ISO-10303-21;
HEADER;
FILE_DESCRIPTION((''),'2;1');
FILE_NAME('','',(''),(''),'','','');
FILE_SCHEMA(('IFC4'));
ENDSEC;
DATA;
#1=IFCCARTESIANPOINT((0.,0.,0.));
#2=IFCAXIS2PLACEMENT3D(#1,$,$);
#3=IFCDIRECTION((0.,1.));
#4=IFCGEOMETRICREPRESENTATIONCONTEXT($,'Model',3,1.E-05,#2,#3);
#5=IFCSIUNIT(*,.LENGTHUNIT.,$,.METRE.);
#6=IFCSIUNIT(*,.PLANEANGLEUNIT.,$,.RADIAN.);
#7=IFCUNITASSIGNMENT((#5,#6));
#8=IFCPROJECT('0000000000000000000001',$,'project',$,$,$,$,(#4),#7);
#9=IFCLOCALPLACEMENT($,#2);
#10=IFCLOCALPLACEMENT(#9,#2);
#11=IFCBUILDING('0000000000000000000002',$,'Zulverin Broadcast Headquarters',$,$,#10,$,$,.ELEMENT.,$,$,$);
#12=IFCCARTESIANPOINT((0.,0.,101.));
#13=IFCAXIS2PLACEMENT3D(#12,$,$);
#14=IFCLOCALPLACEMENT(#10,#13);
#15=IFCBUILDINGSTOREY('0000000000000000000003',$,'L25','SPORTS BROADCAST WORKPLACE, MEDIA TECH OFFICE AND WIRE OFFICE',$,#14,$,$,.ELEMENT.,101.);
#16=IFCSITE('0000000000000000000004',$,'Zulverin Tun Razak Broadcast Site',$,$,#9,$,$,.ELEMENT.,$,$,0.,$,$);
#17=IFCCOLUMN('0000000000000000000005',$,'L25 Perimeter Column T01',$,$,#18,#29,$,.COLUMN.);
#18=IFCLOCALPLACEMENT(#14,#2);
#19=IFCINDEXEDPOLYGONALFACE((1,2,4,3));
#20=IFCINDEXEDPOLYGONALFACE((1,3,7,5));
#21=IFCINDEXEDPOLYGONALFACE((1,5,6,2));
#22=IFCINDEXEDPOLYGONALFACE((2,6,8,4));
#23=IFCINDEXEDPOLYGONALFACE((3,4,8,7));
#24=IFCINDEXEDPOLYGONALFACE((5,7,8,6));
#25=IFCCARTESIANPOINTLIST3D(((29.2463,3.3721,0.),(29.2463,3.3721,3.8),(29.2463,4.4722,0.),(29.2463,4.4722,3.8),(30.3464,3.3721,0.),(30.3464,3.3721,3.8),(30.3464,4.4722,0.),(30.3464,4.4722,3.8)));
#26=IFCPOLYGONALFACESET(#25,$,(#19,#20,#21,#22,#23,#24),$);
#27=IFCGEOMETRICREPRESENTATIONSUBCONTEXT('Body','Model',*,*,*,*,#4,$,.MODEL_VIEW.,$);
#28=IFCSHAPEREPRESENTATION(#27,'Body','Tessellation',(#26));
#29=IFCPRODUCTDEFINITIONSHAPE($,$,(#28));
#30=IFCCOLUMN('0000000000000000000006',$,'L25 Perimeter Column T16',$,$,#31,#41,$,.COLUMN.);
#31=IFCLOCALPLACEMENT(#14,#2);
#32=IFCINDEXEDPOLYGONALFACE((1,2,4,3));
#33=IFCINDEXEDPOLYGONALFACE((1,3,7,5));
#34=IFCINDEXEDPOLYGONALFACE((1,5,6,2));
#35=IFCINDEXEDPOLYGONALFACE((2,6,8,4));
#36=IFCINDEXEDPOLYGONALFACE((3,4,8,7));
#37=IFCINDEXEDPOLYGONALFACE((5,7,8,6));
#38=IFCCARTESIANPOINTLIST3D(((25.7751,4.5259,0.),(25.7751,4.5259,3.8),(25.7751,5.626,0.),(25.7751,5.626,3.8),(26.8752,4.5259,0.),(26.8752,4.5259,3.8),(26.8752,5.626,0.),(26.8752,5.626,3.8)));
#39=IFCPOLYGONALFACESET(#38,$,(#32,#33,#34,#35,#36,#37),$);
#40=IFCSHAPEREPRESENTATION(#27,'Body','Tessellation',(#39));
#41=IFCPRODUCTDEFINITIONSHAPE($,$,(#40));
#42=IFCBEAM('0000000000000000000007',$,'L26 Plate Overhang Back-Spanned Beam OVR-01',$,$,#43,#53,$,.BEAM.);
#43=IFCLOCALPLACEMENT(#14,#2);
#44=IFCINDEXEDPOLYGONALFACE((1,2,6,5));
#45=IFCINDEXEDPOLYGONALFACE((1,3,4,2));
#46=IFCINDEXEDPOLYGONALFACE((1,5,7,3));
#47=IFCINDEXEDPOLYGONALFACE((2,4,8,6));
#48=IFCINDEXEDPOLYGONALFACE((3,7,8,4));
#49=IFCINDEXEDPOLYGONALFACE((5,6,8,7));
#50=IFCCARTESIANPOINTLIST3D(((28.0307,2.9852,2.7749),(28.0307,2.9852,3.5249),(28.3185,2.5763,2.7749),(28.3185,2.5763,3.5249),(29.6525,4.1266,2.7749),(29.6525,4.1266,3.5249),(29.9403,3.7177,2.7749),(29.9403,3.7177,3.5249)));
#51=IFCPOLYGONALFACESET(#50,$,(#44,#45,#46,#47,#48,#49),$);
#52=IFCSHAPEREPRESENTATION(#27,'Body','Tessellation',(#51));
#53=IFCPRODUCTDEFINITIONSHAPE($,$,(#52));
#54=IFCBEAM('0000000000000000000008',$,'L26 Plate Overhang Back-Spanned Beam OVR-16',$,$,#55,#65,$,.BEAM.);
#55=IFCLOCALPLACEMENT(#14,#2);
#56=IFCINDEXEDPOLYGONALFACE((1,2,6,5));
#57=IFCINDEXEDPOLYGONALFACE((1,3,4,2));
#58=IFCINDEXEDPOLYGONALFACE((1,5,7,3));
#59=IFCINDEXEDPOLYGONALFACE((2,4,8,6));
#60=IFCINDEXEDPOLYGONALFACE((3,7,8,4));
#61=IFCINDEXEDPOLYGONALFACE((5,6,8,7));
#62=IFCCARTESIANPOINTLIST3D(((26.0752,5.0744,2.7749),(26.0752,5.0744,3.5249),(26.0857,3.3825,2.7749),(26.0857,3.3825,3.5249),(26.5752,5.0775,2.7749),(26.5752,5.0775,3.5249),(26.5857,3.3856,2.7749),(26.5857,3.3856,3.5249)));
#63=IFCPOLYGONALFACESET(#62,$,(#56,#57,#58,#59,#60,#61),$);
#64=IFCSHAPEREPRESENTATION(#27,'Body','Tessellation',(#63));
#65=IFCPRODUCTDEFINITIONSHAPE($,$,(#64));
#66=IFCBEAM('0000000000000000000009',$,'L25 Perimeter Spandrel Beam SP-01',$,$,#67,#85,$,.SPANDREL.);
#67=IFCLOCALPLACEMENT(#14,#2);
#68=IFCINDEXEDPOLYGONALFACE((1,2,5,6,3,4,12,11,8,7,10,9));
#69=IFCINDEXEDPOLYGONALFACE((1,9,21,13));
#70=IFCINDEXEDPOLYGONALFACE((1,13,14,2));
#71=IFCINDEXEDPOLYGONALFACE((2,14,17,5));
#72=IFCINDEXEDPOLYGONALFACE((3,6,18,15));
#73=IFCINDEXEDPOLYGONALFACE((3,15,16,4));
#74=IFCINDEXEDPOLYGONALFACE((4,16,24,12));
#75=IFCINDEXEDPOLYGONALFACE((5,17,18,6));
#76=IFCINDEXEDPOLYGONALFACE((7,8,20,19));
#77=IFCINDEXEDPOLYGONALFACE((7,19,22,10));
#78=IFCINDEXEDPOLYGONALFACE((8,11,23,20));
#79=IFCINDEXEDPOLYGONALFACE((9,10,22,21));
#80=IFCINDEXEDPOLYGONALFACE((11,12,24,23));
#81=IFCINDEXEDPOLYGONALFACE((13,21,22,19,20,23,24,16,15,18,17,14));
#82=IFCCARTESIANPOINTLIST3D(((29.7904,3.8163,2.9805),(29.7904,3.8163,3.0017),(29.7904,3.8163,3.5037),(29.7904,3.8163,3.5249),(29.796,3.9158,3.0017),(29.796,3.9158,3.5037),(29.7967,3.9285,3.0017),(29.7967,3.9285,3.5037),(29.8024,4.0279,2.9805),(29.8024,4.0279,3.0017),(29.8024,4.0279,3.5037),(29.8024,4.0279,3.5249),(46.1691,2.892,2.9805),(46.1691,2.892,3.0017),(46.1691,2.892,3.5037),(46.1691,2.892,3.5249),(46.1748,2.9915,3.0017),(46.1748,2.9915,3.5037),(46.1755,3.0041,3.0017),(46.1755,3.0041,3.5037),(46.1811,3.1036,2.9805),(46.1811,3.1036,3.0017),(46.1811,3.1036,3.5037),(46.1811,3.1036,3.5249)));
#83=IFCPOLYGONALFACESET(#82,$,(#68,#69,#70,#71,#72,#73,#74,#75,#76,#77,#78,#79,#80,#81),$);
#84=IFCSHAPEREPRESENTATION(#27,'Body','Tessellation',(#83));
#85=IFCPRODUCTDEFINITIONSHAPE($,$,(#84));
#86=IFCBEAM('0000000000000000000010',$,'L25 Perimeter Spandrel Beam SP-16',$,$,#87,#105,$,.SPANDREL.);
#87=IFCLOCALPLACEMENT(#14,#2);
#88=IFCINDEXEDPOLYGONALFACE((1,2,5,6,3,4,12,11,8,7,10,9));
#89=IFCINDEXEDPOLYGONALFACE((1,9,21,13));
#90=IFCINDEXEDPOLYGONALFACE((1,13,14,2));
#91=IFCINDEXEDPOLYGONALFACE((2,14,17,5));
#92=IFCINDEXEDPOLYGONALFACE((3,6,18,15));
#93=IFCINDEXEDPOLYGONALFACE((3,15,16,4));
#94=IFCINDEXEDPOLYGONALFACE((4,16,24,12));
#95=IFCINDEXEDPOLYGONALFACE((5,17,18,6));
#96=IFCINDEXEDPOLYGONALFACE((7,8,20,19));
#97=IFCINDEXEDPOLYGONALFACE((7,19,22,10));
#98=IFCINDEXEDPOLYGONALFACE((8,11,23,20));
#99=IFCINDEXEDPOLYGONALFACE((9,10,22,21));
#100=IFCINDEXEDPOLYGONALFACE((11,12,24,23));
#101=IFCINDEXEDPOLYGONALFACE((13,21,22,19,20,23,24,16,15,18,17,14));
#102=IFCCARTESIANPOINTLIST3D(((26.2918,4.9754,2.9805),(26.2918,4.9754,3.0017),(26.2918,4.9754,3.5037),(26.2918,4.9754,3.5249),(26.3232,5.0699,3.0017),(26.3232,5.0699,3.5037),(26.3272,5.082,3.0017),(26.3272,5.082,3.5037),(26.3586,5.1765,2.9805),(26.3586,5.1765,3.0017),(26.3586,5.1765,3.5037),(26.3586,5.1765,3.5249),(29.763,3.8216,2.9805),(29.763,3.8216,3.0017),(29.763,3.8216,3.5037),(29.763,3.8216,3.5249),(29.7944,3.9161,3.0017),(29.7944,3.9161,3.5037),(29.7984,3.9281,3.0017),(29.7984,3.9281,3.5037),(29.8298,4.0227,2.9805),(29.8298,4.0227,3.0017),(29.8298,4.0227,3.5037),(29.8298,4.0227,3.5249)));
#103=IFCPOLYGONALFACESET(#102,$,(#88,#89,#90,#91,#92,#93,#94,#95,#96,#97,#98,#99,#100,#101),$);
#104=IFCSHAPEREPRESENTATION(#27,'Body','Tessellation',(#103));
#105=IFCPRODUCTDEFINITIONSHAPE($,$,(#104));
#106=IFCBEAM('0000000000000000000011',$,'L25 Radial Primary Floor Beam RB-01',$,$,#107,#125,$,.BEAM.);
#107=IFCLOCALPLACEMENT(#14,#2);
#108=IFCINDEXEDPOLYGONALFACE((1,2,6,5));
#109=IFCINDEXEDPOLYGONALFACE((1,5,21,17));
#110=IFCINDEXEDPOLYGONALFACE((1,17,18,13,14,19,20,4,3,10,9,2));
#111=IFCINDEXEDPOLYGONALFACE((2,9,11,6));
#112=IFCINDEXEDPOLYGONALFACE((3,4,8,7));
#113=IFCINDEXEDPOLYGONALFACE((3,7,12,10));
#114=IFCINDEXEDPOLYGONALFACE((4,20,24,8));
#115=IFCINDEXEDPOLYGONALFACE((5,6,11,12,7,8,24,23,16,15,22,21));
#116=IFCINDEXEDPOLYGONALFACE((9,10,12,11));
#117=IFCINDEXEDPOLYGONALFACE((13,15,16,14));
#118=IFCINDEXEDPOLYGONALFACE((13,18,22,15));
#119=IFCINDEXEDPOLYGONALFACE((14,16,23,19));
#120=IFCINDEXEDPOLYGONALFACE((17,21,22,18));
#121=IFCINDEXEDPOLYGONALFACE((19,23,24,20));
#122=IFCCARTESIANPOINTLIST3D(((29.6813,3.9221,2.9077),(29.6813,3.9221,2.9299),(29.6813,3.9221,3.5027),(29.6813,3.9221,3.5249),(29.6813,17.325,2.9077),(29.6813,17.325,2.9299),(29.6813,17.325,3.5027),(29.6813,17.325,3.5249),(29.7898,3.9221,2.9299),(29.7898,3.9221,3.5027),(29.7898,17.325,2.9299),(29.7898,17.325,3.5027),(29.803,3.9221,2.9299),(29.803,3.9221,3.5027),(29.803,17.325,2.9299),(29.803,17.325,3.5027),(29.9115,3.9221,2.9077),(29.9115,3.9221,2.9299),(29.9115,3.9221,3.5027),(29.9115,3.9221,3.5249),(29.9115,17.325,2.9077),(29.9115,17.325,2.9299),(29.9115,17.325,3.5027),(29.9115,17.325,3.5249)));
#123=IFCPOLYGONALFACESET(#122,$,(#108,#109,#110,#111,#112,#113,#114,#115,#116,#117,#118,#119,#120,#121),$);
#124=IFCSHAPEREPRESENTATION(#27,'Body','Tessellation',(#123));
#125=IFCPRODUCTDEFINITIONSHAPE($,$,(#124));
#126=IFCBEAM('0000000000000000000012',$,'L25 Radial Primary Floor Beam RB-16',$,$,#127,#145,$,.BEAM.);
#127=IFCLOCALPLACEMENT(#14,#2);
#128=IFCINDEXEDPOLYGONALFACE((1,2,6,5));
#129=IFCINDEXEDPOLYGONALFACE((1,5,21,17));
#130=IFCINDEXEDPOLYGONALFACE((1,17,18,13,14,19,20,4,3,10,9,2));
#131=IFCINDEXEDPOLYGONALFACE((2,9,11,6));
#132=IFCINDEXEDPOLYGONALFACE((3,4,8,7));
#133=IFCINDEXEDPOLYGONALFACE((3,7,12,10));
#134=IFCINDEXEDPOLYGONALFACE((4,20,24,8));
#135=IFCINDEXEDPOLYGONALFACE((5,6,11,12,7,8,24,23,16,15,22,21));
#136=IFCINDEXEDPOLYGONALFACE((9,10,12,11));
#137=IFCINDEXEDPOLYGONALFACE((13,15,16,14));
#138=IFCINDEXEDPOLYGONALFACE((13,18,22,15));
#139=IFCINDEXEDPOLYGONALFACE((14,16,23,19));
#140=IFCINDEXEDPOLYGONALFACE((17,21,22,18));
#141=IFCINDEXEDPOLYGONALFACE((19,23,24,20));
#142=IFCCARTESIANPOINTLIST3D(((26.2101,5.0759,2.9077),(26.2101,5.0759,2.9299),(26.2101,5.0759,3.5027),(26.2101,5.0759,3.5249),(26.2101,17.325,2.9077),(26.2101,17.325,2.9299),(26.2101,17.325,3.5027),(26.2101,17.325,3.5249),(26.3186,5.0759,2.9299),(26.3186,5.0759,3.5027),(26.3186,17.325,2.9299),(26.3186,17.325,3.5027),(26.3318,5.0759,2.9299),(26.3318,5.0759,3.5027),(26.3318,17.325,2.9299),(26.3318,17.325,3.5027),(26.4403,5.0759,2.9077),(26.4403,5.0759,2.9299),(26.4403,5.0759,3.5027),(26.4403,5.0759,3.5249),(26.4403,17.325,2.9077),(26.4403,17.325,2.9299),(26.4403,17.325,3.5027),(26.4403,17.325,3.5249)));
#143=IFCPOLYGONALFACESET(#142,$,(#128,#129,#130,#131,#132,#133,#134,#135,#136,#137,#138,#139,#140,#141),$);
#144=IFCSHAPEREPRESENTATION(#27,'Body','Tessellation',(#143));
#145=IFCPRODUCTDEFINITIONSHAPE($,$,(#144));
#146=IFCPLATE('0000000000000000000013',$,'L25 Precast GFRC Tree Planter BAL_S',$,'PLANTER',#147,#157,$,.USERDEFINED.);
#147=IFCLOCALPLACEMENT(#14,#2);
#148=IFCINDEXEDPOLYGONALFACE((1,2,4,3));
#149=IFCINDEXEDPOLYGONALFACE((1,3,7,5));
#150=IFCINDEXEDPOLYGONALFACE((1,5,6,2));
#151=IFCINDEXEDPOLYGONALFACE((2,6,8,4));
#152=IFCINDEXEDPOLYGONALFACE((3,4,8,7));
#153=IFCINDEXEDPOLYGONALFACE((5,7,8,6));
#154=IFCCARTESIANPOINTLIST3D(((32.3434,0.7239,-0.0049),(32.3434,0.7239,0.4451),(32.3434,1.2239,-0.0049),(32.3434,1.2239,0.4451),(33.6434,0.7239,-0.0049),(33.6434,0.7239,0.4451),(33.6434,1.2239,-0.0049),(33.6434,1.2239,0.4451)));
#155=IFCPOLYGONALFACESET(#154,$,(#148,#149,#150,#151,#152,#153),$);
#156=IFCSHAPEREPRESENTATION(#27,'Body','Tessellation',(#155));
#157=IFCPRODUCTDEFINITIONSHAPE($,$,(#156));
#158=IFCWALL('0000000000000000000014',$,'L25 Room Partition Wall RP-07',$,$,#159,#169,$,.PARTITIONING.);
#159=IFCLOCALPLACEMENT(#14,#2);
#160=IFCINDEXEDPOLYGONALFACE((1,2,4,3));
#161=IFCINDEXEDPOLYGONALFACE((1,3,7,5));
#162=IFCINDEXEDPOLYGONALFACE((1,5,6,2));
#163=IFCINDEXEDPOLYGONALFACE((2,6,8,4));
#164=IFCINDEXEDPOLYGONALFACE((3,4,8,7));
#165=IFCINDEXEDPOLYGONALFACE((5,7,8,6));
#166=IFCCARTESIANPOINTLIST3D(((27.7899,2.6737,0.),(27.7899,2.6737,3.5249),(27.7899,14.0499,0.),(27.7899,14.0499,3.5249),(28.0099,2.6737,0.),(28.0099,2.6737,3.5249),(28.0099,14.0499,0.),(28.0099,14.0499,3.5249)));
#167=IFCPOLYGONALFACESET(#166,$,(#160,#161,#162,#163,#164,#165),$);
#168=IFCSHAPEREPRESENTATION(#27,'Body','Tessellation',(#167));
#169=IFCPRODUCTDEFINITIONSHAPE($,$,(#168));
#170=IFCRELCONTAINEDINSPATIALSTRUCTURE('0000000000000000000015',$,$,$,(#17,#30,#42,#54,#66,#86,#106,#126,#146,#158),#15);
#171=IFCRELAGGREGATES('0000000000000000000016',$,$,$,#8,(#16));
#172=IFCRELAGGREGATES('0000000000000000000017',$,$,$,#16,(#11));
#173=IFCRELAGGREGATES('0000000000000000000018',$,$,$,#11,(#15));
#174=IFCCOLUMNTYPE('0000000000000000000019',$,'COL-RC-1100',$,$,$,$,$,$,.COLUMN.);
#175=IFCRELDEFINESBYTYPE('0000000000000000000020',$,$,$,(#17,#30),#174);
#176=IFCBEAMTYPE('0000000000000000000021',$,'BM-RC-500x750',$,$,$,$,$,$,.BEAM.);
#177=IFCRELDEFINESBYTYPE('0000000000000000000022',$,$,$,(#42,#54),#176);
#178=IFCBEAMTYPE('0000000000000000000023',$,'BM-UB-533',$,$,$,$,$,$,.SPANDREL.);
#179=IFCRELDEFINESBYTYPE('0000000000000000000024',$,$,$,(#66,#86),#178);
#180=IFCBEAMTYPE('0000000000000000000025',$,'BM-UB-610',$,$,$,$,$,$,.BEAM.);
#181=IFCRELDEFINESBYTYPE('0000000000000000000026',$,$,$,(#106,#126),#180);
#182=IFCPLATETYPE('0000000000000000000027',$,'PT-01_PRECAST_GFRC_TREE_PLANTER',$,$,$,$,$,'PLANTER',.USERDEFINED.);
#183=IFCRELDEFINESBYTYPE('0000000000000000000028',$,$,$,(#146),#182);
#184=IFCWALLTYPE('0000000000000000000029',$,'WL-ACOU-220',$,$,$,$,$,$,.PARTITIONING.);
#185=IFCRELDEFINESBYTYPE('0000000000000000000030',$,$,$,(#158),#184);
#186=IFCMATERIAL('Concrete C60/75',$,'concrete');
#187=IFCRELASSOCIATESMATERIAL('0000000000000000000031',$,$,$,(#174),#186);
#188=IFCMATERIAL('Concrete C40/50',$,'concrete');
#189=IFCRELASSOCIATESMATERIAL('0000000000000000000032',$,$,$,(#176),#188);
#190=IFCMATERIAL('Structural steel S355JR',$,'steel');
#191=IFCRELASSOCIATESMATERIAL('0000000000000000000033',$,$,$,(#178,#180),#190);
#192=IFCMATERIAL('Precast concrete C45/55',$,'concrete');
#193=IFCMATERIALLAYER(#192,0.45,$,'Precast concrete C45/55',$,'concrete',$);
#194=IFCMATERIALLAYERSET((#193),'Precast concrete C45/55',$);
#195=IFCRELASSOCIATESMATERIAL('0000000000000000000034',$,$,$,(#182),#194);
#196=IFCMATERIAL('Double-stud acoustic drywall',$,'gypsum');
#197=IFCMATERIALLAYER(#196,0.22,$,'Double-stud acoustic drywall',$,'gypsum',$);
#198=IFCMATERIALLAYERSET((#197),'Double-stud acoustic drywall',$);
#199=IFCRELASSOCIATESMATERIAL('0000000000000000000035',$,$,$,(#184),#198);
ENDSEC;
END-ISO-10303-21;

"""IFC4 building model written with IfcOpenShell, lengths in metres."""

from ifc_helpers import new_model, si_unit, direction, frame, frame_2d, origin, origin_2d, place, context, subcontext, project, spatial, rectangle, i_section, extrude, material, layer, layer_set, material_profile, profile_set, type_object, element, save


model = new_model("IFC4")

# Units and contexts
model_context = context("Model", 3, precision=1e-05, world=origin(), true_north=direction((0.0, 1.0)))
body_context = subcontext(model_context, "Body", "Model", "MODEL_VIEW")
ifc_project = project(units=[si_unit("LENGTHUNIT", "METRE"), si_unit("PLANEANGLEUNIT", "RADIAN")], contexts=[model_context])

# Site, building, storey
site_placement = place(None, origin())
site = spatial("IfcSite", under=ifc_project, at=site_placement, Name="Zulverin Tun Razak Broadcast Site", CompositionType="ELEMENT", RefElevation=0.0)
building_placement = place(site_placement, origin())
building = spatial("IfcBuilding", under=site, at=building_placement, Name="Zulverin Broadcast Headquarters", CompositionType="ELEMENT")
storey_placement = place(building_placement, frame((0.0, 0.0, 101.0)))
storey = spatial("IfcBuildingStorey", under=building, at=storey_placement, Name="L25", Description="SPORTS BROADCAST WORKPLACE, MEDIA TECH OFFICE AND WIRE OFFICE", CompositionType="ELEMENT", Elevation=101.0)

# Columns
ifc_material_1 = material(Name="Concrete C60/75", Category="concrete")
ifc_material_profile_1 = material_profile(ifc_material_1, rectangle(XDim=1.1001, YDim=1.1001, at=origin_2d()), Name="Concrete C60/75", Category="concrete")
ifc_profile_set_1 = profile_set([ifc_material_profile_1], Name="Concrete C60/75")
column_type = type_object("IfcColumnType", Name="COL-RC-1100", PredefinedType="COLUMN", material=ifc_profile_set_1)
for number, where, z_axis, x_axis, name in (
    (1, (29.7964, 3.9221, 0.0), (0.0, 0.0, 1.0), (1.0, 0.0, 0.0), "L25 Perimeter Column T01"),
    (2, (26.3252, 5.0759, 0.0), (0.0, 0.0, 1.0), (1.0, 0.0, 0.0), "L25 Perimeter Column T16"),
):
    element("IfcColumn", number, at=place(storey_placement, frame(where, z_axis=z_axis, x_axis=x_axis)), inside=storey, type_object=column_type, Name=name, PredefinedType="COLUMN", context=body_context, shape_type="SweptSolid", body=[
        extrude(rectangle(XDim=1.1001, YDim=1.1001, at=origin_2d()), origin(), (0.0, 0.0, 1.0), 3.8),
    ])

# Beams
ifc_material_2 = material(Name="Concrete C40/50", Category="concrete")
ifc_material_profile_2 = material_profile(ifc_material_2, rectangle(XDim=0.5, YDim=0.75, at=origin_2d()), Name="Concrete C40/50", Category="concrete")
ifc_profile_set_2 = profile_set([ifc_material_profile_2], Name="Concrete C40/50")
beam_type_1 = type_object("IfcBeamType", Name="BM-RC-500x750", PredefinedType="BEAM", material=ifc_profile_set_2)
beam_1_placement = place(storey_placement, frame((29.7964, 3.9221, 3.1499), z_axis=(-0.817789, -0.575518, 0.0), x_axis=(0.575518, -0.817789, 0.0)))
element("IfcBeam", 3, at=beam_1_placement, inside=storey, type_object=beam_type_1, Name="L26 Plate Overhang Back-Spanned Beam OVR-01", PredefinedType="BEAM", context=body_context, shape_type="SweptSolid", body=[
    extrude(rectangle(XDim=0.5, YDim=0.75, at=origin_2d()), origin(), (0.0, 0.0, 1.0), 1.9832),
])
beam_2_placement = place(storey_placement, frame((26.3252, 5.0759, 3.1499), z_axis=(0.006205, -0.999981, 0.0), x_axis=(0.999981, 0.006205, 0.0)))
element("IfcBeam", 4, at=beam_2_placement, inside=storey, type_object=beam_type_1, Name="L26 Plate Overhang Back-Spanned Beam OVR-16", PredefinedType="BEAM", context=body_context, shape_type="SweptSolid", body=[
    extrude(rectangle(XDim=0.5, YDim=0.75, at=origin_2d()), origin(), (0.0, 0.0, 1.0), 1.6919),
])
ifc_material_3 = material(Name="Structural steel S355JR", Category="steel")
ifc_material_profile_3 = material_profile(ifc_material_3, i_section(OverallWidth=0.2119, OverallDepth=0.5444, WebThickness=0.0127, FlangeThickness=0.0212, at=origin_2d()), Name="Structural steel S355JR", Category="steel")
ifc_profile_set_3 = profile_set([ifc_material_profile_3], Name="Structural steel S355JR")
beam_type_2 = type_object("IfcBeamType", Name="BM-UB-533", PredefinedType="SPANDREL", material=ifc_profile_set_3)
beam_3_placement = place(storey_placement, frame((29.7964, 3.9221, 3.2527), z_axis=(0.998411, -0.056345, 0.0), x_axis=(0.056345, 0.998411, 0.0)))
element("IfcBeam", 5, at=beam_3_placement, inside=storey, type_object=beam_type_2, Name="L25 Perimeter Spandrel Beam SP-01", PredefinedType="SPANDREL", context=body_context, shape_type="SweptSolid", body=[
    extrude(i_section(OverallWidth=0.2119, OverallDepth=0.5444, WebThickness=0.0127, FlangeThickness=0.0212, at=origin_2d()), origin(), (0.0, 0.0, 1.0), 16.4048),
])
beam_4_placement = place(storey_placement, frame((26.3252, 5.0759, 3.2527), z_axis=(0.94895, -0.315427, 0.0), x_axis=(0.315427, 0.94895, 0.0)))
element("IfcBeam", 6, at=beam_4_placement, inside=storey, type_object=beam_type_2, Name="L25 Perimeter Spandrel Beam SP-16", PredefinedType="SPANDREL", context=body_context, shape_type="SweptSolid", body=[
    extrude(i_section(OverallWidth=0.2119, OverallDepth=0.5444, WebThickness=0.0127, FlangeThickness=0.0212, at=origin_2d()), origin(), (0.0, 0.0, 1.0), 3.658),
])
ifc_material_profile_4 = material_profile(ifc_material_3, i_section(OverallWidth=0.2302, OverallDepth=0.6172, WebThickness=0.0132, FlangeThickness=0.0222, at=origin_2d()), Name="Structural steel S355JR", Category="steel")
ifc_profile_set_4 = profile_set([ifc_material_profile_4], Name="Structural steel S355JR")
beam_type_3 = type_object("IfcBeamType", Name="BM-UB-610", PredefinedType="BEAM", material=ifc_profile_set_4)
beam_5_placement = place(storey_placement, frame((29.7964, 17.325, 3.2163), z_axis=(0.0, -1.0, 0.0), x_axis=(1.0, 0.0, 0.0)))
element("IfcBeam", 7, at=beam_5_placement, inside=storey, type_object=beam_type_3, Name="L25 Radial Primary Floor Beam RB-01", PredefinedType="BEAM", context=body_context, shape_type="SweptSolid", body=[
    extrude(i_section(OverallWidth=0.2302, OverallDepth=0.6172, WebThickness=0.0132, FlangeThickness=0.0222, at=origin_2d()), origin(), (0.0, 0.0, 1.0), 13.4028),
])
beam_6_placement = place(storey_placement, frame((26.3252, 17.325, 3.2163), z_axis=(0.0, -1.0, 0.0), x_axis=(1.0, 0.0, 0.0)))
element("IfcBeam", 8, at=beam_6_placement, inside=storey, type_object=beam_type_3, Name="L25 Radial Primary Floor Beam RB-16", PredefinedType="BEAM", context=body_context, shape_type="SweptSolid", body=[
    extrude(i_section(OverallWidth=0.2302, OverallDepth=0.6172, WebThickness=0.0132, FlangeThickness=0.0222, at=origin_2d()), origin(), (0.0, 0.0, 1.0), 12.249),
])

# Plate
ifc_material_4 = material(Name="Precast concrete C45/55", Category="concrete")
ifc_layer_1 = layer(ifc_material_4, 0.45, Name="Precast concrete C45/55", Category="concrete")
ifc_layer_set_1 = layer_set([ifc_layer_1], Name="Precast concrete C45/55")
plate_type = type_object("IfcPlateType", Name="PT-01_PRECAST_GFRC_TREE_PLANTER", ElementType="PLANTER", PredefinedType="USERDEFINED", material=ifc_layer_set_1)
plate_placement = place(storey_placement, frame((32.9934, 0.9739, -0.0049), z_axis=(0.0, 0.0, 1.0), x_axis=(1.0, 0.0, 0.0)))
element("IfcPlate", 9, at=plate_placement, inside=storey, type_object=plate_type, Name="L25 Precast GFRC Tree Planter BAL_S", ObjectType="PLANTER", PredefinedType="USERDEFINED", context=body_context, shape_type="SweptSolid", body=[
    extrude(rectangle(XDim=1.3, YDim=0.5, at=origin_2d()), origin(), (0.0, 0.0, 1.0), 0.45),
])

# Wall
ifc_material_5 = material(Name="Double-stud acoustic drywall", Category="gypsum")
ifc_layer_2 = layer(ifc_material_5, 0.22, Name="Double-stud acoustic drywall", Category="gypsum")
ifc_layer_set_2 = layer_set([ifc_layer_2], Name="Double-stud acoustic drywall")
wall_type_1 = type_object("IfcWallType", Name="WL-ACOU-220", PredefinedType="PARTITIONING", material=ifc_layer_set_2)
wall_1_placement = place(storey_placement, frame((27.8999, 2.6738, 0.0), z_axis=(0.0, 0.0, 1.0), x_axis=(0.0, 1.0, 0.0)))
element("IfcWall", 10, at=wall_1_placement, inside=storey, type_object=wall_type_1, Name="L25 Room Partition Wall RP-07", PredefinedType="PARTITIONING", context=body_context, shape_type="SweptSolid", body=[
    extrude(rectangle(XDim=11.3762, YDim=0.22, at=frame_2d((5.688, 0.0))), origin(), (0.0, 0.0, 1.0), 3.5249),
])

save(model, "model.ifc")
